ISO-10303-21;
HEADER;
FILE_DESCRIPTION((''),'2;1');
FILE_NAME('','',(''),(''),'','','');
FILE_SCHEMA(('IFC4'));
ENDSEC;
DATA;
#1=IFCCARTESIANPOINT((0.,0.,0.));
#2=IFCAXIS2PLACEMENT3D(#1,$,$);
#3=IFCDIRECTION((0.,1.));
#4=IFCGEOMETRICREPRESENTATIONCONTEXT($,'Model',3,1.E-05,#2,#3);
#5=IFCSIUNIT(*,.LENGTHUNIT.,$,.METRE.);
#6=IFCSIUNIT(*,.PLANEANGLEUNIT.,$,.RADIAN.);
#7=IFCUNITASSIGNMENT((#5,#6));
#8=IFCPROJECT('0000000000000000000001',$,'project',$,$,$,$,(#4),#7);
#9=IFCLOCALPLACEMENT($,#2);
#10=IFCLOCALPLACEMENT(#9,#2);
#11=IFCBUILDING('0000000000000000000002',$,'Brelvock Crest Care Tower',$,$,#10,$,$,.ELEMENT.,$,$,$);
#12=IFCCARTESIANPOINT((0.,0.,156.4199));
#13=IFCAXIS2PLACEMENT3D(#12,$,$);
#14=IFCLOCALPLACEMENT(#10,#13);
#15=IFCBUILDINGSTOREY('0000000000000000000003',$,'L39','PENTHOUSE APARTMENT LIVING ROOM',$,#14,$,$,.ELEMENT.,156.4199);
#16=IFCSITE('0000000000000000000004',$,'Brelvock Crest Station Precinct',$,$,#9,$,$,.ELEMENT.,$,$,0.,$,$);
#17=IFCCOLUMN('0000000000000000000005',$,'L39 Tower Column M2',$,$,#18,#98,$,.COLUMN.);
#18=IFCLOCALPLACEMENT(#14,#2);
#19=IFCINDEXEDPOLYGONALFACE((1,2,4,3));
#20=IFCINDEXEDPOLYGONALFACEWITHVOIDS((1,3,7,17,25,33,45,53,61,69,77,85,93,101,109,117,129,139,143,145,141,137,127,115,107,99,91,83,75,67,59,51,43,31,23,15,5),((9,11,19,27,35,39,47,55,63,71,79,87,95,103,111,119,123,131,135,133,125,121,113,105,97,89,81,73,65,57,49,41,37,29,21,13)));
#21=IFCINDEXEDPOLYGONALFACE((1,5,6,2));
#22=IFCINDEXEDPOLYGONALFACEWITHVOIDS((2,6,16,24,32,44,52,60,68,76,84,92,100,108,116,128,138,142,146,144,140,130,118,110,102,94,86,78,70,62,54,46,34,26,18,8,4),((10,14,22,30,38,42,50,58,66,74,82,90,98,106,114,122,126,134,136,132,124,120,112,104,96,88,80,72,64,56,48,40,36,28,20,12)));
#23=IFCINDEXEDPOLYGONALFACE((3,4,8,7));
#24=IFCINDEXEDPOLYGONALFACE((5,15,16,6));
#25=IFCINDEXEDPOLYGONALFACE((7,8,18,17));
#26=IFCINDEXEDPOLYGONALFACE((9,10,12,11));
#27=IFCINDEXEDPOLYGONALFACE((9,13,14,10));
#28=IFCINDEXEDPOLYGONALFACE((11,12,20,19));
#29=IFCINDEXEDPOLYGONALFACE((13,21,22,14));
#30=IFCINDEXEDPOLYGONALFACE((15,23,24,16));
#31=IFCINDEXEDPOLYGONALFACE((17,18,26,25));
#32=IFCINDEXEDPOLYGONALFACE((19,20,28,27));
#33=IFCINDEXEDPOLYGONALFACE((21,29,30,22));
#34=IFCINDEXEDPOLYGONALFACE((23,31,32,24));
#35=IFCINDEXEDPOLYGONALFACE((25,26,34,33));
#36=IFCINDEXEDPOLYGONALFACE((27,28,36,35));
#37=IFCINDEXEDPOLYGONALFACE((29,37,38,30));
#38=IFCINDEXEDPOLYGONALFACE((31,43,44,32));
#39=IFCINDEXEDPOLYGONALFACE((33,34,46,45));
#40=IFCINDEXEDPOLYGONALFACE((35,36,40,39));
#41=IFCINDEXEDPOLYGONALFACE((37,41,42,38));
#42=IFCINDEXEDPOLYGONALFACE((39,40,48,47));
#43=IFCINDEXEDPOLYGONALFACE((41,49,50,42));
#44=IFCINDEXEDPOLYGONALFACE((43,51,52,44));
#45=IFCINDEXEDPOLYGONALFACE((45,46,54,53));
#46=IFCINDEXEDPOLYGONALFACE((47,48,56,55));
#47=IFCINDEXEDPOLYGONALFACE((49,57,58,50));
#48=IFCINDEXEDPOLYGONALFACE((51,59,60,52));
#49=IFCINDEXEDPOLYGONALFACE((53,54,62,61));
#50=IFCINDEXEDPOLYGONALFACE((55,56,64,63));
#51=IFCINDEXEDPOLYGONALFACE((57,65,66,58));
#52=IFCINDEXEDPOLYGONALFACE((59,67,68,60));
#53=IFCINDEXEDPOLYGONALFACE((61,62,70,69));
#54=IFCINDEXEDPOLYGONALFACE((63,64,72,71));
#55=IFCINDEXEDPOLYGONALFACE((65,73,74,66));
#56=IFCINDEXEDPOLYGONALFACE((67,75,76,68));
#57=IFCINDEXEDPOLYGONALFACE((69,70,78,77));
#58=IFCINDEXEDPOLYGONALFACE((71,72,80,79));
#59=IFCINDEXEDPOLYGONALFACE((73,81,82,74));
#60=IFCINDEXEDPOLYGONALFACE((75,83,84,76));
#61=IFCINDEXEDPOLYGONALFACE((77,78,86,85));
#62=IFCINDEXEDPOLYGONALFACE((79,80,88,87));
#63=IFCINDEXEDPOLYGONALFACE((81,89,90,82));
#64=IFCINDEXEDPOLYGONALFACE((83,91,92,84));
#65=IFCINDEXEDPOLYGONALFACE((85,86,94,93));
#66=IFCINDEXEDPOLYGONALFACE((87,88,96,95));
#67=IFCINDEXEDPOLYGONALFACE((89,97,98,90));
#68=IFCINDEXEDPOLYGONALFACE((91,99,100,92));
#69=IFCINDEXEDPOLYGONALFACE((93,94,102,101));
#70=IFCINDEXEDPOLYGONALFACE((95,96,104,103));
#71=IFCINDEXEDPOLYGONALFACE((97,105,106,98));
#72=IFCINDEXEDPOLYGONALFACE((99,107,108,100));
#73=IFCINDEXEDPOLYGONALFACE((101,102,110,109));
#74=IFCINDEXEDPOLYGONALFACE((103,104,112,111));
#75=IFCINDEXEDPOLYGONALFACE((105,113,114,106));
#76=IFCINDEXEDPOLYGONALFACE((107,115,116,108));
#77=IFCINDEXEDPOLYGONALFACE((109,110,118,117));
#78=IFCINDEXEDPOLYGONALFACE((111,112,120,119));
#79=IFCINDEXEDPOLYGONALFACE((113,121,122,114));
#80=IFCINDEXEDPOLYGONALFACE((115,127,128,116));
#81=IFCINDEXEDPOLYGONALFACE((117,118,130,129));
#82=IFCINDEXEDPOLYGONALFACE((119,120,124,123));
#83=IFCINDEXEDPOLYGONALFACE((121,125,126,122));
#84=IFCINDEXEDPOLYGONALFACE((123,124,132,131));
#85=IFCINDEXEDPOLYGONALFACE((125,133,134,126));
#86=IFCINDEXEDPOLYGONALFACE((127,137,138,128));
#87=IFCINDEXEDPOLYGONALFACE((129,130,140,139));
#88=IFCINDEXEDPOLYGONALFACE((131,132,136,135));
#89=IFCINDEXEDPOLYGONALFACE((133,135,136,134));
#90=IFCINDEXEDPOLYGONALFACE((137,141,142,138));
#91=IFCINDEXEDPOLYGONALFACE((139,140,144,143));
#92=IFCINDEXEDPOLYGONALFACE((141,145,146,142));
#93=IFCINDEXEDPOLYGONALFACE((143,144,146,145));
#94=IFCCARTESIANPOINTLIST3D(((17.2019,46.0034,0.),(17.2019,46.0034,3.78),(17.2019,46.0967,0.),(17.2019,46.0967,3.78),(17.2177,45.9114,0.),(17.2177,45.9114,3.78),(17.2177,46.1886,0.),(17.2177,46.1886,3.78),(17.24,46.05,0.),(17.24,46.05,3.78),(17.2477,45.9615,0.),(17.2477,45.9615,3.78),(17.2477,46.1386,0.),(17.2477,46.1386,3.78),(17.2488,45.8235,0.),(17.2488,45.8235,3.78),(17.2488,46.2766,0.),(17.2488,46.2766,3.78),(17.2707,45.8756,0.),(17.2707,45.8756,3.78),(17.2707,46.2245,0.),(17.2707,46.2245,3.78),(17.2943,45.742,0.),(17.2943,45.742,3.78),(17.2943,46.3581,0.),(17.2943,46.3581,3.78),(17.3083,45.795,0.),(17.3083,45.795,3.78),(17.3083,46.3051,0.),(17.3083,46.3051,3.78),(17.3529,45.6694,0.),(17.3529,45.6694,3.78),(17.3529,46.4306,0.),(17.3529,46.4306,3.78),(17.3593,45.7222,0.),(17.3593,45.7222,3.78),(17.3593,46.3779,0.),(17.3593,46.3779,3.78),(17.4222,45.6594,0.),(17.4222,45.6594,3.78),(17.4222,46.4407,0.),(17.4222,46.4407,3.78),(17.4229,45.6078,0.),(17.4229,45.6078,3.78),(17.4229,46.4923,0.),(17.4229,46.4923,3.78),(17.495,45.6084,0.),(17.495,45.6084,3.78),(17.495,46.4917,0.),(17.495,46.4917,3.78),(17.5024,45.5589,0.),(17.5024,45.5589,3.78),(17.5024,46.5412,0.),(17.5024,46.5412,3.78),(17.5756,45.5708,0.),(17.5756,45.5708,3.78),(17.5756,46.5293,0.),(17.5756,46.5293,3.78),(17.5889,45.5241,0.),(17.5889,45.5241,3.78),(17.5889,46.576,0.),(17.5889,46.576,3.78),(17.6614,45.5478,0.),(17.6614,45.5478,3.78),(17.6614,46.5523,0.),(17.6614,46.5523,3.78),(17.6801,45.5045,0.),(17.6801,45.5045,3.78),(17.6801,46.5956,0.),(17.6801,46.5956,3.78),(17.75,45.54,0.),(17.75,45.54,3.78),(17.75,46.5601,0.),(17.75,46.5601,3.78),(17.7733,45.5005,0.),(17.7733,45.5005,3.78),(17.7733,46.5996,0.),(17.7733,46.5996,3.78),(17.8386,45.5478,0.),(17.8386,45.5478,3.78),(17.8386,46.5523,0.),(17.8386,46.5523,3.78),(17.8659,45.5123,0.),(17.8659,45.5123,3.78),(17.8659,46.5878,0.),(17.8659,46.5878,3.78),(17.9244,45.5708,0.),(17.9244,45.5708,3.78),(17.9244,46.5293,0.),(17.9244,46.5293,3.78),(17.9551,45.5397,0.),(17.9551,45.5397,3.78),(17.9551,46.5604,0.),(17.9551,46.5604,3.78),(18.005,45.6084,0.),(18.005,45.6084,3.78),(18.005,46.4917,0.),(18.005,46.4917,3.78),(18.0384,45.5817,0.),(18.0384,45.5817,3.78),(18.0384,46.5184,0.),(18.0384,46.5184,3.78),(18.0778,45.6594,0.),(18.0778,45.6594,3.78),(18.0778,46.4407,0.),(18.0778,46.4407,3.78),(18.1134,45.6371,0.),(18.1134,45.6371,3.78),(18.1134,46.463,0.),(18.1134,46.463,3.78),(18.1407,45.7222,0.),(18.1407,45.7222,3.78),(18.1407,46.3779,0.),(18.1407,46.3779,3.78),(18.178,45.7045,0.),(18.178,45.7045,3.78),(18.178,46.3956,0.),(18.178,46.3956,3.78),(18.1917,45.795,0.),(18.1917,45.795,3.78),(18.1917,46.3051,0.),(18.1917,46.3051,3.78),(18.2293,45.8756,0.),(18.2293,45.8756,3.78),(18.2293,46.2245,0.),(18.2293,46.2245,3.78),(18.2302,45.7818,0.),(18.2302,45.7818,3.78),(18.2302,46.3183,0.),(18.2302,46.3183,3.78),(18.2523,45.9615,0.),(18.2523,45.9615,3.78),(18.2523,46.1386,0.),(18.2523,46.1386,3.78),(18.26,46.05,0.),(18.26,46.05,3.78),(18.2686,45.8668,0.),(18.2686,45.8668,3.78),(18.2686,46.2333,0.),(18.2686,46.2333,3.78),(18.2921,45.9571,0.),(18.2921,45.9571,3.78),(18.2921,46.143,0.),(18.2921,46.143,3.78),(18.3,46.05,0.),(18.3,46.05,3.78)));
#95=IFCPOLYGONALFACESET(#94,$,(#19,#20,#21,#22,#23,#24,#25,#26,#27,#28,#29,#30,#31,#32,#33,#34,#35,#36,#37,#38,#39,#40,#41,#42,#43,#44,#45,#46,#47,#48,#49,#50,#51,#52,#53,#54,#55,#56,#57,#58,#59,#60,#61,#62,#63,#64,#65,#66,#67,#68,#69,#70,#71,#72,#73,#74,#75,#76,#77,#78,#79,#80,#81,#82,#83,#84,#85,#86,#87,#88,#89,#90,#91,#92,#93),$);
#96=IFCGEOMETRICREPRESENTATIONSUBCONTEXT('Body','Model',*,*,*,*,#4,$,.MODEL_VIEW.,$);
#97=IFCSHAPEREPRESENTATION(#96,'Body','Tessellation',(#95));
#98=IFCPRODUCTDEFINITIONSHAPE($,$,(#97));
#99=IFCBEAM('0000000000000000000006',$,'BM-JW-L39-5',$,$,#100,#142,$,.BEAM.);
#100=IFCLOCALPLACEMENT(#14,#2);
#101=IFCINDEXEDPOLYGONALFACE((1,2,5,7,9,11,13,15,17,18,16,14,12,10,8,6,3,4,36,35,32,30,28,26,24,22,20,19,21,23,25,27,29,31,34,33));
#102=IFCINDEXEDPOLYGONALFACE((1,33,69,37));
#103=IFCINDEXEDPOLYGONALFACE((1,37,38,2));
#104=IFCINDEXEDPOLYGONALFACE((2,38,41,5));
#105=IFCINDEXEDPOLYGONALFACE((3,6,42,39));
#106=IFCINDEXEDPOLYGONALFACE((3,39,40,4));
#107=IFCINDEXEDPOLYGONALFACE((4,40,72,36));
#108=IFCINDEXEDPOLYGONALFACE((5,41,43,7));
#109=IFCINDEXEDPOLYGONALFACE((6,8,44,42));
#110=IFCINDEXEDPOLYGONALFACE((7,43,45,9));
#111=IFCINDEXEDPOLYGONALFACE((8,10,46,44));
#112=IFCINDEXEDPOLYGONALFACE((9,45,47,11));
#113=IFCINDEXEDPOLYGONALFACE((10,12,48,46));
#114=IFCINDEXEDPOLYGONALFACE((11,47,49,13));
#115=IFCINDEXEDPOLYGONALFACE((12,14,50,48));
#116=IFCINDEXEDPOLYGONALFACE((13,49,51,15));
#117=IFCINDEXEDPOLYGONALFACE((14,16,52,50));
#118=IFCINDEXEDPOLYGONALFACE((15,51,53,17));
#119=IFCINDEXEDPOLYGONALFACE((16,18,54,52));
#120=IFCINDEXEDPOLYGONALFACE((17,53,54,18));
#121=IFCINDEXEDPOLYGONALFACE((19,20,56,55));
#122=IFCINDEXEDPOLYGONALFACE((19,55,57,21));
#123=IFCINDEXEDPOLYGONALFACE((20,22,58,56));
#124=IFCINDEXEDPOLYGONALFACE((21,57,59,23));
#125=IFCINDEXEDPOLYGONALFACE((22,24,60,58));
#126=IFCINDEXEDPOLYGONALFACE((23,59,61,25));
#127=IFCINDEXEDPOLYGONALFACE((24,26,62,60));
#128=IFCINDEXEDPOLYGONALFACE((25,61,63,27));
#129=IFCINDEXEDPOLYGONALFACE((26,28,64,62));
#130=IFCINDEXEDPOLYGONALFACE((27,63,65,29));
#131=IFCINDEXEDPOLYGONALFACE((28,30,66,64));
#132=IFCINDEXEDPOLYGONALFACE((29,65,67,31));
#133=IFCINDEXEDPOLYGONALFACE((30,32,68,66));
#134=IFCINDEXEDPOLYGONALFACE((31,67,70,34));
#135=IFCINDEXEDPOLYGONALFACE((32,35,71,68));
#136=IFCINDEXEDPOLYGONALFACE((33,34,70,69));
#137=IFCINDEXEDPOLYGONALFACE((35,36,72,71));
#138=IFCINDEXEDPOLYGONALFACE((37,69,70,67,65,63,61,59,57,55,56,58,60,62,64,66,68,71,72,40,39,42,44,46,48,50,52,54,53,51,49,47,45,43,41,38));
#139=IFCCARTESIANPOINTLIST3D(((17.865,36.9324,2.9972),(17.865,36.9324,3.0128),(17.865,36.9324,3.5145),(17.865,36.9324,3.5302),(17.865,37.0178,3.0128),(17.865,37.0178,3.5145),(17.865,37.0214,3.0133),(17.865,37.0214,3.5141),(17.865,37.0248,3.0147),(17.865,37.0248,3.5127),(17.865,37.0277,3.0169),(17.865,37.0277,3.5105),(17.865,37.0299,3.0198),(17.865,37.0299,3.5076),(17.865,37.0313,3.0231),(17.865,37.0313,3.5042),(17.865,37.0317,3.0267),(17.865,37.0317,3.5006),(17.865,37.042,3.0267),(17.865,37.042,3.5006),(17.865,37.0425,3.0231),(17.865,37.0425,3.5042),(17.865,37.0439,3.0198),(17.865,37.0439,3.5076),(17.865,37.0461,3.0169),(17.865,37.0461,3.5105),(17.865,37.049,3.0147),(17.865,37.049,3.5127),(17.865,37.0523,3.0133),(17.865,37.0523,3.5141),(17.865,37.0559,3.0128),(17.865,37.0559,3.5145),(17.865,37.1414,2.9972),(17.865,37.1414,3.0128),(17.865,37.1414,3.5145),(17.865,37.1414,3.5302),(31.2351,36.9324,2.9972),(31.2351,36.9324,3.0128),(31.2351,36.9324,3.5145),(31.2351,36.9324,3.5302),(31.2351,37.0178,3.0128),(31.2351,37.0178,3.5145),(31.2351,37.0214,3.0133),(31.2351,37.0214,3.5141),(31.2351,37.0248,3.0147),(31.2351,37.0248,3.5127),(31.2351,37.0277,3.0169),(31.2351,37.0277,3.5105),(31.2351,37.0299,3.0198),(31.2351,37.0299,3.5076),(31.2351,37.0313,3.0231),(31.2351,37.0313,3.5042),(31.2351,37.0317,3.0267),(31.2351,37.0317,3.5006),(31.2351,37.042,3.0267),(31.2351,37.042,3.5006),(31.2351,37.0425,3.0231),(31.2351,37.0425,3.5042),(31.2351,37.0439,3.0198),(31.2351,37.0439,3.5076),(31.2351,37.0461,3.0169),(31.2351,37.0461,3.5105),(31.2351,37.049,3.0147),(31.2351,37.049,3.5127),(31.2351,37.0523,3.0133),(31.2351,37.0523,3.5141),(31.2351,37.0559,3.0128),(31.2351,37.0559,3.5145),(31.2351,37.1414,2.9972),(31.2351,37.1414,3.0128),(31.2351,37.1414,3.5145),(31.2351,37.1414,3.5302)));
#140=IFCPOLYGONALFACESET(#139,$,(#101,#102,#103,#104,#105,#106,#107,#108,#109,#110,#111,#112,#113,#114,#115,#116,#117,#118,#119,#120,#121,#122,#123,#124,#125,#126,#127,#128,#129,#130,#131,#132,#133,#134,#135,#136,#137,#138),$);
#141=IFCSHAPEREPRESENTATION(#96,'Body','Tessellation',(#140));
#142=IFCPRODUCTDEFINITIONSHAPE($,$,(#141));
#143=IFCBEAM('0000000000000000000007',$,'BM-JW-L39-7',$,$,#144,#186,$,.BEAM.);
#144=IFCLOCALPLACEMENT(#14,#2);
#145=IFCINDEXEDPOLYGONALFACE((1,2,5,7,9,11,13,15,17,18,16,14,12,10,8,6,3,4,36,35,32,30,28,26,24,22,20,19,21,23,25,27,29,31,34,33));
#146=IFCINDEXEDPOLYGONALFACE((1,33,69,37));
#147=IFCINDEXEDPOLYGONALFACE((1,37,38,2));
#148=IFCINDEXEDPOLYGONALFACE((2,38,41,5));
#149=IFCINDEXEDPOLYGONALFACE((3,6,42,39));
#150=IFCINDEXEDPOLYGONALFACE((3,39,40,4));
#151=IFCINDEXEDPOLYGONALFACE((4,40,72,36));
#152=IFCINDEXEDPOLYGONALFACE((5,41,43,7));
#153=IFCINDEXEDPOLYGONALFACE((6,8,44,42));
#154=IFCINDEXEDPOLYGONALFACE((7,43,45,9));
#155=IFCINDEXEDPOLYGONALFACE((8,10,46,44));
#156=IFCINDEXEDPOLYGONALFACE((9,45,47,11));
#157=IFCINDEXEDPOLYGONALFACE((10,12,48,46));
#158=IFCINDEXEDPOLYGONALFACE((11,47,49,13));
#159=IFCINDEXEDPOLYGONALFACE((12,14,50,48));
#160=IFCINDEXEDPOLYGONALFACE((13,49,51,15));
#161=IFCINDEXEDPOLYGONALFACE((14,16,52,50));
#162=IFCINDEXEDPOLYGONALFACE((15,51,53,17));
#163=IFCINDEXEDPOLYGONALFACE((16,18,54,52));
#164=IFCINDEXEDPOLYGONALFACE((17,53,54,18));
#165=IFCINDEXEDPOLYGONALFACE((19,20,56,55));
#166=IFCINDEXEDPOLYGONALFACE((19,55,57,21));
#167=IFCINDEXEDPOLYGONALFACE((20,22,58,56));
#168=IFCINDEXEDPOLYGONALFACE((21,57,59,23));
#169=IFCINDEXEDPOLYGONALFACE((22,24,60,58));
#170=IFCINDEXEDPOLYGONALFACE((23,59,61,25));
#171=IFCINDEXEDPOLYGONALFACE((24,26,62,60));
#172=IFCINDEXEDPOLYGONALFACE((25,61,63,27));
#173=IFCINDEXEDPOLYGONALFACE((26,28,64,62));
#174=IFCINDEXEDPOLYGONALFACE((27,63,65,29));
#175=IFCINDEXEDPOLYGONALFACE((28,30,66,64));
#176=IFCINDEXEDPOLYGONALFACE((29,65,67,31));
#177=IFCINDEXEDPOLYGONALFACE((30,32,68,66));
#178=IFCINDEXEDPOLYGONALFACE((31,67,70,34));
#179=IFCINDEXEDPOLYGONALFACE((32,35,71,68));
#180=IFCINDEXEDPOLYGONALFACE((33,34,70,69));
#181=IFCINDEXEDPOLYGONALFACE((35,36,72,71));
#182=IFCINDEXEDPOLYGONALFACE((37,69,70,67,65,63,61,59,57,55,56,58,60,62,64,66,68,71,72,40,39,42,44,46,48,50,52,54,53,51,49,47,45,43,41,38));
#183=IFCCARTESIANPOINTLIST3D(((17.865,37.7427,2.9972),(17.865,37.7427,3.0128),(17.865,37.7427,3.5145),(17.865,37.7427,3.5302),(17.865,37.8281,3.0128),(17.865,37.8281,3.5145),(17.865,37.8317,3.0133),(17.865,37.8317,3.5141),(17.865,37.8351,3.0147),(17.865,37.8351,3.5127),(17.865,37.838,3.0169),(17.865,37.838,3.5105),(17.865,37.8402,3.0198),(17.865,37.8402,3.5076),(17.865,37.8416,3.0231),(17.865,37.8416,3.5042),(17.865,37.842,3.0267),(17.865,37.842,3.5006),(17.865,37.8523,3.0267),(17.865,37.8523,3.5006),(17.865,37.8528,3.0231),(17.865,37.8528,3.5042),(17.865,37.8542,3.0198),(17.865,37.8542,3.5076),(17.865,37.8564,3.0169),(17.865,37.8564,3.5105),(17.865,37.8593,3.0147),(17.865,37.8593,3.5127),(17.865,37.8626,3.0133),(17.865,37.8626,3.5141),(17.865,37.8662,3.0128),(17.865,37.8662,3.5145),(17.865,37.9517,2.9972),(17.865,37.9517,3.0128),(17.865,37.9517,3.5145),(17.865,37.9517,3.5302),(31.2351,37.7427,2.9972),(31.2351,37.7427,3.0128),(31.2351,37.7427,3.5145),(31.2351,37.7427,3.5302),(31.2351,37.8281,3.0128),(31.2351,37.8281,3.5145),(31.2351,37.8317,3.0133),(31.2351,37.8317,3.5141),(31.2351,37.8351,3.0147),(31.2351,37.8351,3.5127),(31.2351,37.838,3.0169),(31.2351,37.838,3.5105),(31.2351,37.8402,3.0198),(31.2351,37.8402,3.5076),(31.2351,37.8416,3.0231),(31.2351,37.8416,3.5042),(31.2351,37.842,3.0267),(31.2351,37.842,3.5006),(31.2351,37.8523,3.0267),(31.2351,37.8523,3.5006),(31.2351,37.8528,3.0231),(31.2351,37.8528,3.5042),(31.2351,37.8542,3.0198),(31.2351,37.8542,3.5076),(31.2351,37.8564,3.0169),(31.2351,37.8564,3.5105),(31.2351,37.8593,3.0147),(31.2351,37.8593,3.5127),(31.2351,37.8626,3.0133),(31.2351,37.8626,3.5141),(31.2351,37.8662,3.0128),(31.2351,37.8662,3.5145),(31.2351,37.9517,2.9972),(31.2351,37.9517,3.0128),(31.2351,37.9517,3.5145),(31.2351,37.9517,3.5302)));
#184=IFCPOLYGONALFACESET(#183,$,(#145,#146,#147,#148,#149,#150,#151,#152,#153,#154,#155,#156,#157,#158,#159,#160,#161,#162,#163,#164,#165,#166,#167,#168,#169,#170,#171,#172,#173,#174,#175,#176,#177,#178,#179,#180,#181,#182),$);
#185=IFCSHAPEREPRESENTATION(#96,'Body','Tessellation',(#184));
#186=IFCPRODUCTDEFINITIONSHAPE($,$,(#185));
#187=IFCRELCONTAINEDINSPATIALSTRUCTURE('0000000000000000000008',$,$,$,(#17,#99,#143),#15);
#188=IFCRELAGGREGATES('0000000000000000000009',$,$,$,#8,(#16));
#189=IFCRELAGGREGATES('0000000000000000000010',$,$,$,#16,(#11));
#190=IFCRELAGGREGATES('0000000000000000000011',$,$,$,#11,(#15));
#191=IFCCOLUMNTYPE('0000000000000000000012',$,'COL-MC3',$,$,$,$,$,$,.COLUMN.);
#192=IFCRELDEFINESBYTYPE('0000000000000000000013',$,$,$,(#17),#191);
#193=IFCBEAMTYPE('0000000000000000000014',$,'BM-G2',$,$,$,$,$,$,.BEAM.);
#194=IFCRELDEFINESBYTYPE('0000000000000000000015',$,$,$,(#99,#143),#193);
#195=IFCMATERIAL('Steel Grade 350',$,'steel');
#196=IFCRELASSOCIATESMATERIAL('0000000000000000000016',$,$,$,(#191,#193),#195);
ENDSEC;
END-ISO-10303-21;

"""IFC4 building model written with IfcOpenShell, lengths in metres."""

from ifc_helpers import new_model, si_unit, direction, frame, origin, origin_2d, place, context, subcontext, project, spatial, hollow_circle, i_section, extrude, source, transform, mapped, material, material_profile, profile_set, type_object, element, save


model = new_model("IFC4")

# Units and contexts
model_context = context("Model", 3, precision=1e-05, world=origin(), true_north=direction((0.0, 1.0)))
body_context = subcontext(model_context, "Body", "Model", "MODEL_VIEW")
ifc_project = project(units=[si_unit("LENGTHUNIT", "METRE"), si_unit("PLANEANGLEUNIT", "RADIAN")], contexts=[model_context])

# Site, building, storey
site_placement = place(None, origin())
site = spatial("IfcSite", under=ifc_project, at=site_placement, Name="Brelvock Crest Station Precinct", CompositionType="ELEMENT", RefElevation=0.0)
building_placement = place(site_placement, origin())
building = spatial("IfcBuilding", under=site, at=building_placement, Name="Brelvock Crest Care Tower", CompositionType="ELEMENT")
storey_placement = place(building_placement, frame((0.0, 0.0, 156.4199)))
storey = spatial("IfcBuildingStorey", under=building, at=storey_placement, Name="L39", Description="PENTHOUSE APARTMENT LIVING ROOM", CompositionType="ELEMENT", Elevation=156.4199)

# Column
ifc_material_1 = material(Name="Steel Grade 350", Category="steel")
ifc_material_profile_1 = material_profile(ifc_material_1, hollow_circle(Radius=0.55, WallThickness=0.04, at=origin_2d()), Name="CFT1100x40")
ifc_profile_set_1 = profile_set([ifc_material_profile_1], Name="Steel Grade 350")
column_type = type_object("IfcColumnType", Name="COL-MC3", PredefinedType="COLUMN", material=ifc_profile_set_1)
shared_shape_1 = source(origin(), body_context, "Body", "SweptSolid", [
    extrude(hollow_circle(Radius=0.55, WallThickness=0.04, at=origin_2d()), origin(), (0.0, 0.0, 1.0), 3.78),
])
column_placement = place(storey_placement, frame((17.75, 46.05, 0.0), z_axis=(0.0, 0.0, 1.0), x_axis=(1.0, 0.0, 0.0)))
element("IfcColumn", 1, at=column_placement, inside=storey, type_object=column_type, Name="L39 Tower Column M2", PredefinedType="COLUMN", context=body_context, shape_type="MappedRepresentation", body=[
    mapped(shared_shape_1, transform((0.0, 0.0, 0.0), x_axis=(1.0, 0.0, 0.0), y_axis=(0.0, 1.0, 0.0), z_axis=(0.0, 0.0, 1.0), scale=1.0)),
])

# Beams
ifc_material_profile_2 = material_profile(ifc_material_1, i_section(OverallWidth=0.209, OverallDepth=0.533, WebThickness=0.0103, FlangeThickness=0.0156, FilletRadius=0.0139, at=origin_2d()), Name="530UB92.4")
ifc_profile_set_2 = profile_set([ifc_material_profile_2], Name="Steel Grade 350")
beam_type_1 = type_object("IfcBeamType", Name="BM-G2", PredefinedType="BEAM", material=ifc_profile_set_2)
shared_shape_2 = source(origin(), body_context, "Body", "SweptSolid", [
    extrude(i_section(OverallWidth=0.209, OverallDepth=0.533, WebThickness=0.0103, FlangeThickness=0.0156, FilletRadius=0.0139, at=origin_2d()), origin(), (0.0, 0.0, 1.0), 13.3701),
])
for number, where, z_axis, x_axis, name in (
    (2, (17.865, 37.0369, 3.2637), (1.0, 0.0, 0.0), (0.0, 1.0, 0.0), "BM-JW-L39-5"),
    (3, (17.865, 37.8472, 3.2637), (1.0, 0.0, 0.0), (0.0, 1.0, 0.0), "BM-JW-L39-7"),
):
    element("IfcBeam", number, at=place(storey_placement, frame(where, z_axis=z_axis, x_axis=x_axis)), inside=storey, type_object=beam_type_1, Name=name, PredefinedType="BEAM", context=body_context, shape_type="MappedRepresentation", body=[
        mapped(shared_shape_2, transform((0.0, 0.0, 0.0), x_axis=(1.0, 0.0, 0.0), y_axis=(0.0, 1.0, 0.0), z_axis=(0.0, 0.0, 1.0), scale=1.0)),
    ])

save(model, "model.ifc")
